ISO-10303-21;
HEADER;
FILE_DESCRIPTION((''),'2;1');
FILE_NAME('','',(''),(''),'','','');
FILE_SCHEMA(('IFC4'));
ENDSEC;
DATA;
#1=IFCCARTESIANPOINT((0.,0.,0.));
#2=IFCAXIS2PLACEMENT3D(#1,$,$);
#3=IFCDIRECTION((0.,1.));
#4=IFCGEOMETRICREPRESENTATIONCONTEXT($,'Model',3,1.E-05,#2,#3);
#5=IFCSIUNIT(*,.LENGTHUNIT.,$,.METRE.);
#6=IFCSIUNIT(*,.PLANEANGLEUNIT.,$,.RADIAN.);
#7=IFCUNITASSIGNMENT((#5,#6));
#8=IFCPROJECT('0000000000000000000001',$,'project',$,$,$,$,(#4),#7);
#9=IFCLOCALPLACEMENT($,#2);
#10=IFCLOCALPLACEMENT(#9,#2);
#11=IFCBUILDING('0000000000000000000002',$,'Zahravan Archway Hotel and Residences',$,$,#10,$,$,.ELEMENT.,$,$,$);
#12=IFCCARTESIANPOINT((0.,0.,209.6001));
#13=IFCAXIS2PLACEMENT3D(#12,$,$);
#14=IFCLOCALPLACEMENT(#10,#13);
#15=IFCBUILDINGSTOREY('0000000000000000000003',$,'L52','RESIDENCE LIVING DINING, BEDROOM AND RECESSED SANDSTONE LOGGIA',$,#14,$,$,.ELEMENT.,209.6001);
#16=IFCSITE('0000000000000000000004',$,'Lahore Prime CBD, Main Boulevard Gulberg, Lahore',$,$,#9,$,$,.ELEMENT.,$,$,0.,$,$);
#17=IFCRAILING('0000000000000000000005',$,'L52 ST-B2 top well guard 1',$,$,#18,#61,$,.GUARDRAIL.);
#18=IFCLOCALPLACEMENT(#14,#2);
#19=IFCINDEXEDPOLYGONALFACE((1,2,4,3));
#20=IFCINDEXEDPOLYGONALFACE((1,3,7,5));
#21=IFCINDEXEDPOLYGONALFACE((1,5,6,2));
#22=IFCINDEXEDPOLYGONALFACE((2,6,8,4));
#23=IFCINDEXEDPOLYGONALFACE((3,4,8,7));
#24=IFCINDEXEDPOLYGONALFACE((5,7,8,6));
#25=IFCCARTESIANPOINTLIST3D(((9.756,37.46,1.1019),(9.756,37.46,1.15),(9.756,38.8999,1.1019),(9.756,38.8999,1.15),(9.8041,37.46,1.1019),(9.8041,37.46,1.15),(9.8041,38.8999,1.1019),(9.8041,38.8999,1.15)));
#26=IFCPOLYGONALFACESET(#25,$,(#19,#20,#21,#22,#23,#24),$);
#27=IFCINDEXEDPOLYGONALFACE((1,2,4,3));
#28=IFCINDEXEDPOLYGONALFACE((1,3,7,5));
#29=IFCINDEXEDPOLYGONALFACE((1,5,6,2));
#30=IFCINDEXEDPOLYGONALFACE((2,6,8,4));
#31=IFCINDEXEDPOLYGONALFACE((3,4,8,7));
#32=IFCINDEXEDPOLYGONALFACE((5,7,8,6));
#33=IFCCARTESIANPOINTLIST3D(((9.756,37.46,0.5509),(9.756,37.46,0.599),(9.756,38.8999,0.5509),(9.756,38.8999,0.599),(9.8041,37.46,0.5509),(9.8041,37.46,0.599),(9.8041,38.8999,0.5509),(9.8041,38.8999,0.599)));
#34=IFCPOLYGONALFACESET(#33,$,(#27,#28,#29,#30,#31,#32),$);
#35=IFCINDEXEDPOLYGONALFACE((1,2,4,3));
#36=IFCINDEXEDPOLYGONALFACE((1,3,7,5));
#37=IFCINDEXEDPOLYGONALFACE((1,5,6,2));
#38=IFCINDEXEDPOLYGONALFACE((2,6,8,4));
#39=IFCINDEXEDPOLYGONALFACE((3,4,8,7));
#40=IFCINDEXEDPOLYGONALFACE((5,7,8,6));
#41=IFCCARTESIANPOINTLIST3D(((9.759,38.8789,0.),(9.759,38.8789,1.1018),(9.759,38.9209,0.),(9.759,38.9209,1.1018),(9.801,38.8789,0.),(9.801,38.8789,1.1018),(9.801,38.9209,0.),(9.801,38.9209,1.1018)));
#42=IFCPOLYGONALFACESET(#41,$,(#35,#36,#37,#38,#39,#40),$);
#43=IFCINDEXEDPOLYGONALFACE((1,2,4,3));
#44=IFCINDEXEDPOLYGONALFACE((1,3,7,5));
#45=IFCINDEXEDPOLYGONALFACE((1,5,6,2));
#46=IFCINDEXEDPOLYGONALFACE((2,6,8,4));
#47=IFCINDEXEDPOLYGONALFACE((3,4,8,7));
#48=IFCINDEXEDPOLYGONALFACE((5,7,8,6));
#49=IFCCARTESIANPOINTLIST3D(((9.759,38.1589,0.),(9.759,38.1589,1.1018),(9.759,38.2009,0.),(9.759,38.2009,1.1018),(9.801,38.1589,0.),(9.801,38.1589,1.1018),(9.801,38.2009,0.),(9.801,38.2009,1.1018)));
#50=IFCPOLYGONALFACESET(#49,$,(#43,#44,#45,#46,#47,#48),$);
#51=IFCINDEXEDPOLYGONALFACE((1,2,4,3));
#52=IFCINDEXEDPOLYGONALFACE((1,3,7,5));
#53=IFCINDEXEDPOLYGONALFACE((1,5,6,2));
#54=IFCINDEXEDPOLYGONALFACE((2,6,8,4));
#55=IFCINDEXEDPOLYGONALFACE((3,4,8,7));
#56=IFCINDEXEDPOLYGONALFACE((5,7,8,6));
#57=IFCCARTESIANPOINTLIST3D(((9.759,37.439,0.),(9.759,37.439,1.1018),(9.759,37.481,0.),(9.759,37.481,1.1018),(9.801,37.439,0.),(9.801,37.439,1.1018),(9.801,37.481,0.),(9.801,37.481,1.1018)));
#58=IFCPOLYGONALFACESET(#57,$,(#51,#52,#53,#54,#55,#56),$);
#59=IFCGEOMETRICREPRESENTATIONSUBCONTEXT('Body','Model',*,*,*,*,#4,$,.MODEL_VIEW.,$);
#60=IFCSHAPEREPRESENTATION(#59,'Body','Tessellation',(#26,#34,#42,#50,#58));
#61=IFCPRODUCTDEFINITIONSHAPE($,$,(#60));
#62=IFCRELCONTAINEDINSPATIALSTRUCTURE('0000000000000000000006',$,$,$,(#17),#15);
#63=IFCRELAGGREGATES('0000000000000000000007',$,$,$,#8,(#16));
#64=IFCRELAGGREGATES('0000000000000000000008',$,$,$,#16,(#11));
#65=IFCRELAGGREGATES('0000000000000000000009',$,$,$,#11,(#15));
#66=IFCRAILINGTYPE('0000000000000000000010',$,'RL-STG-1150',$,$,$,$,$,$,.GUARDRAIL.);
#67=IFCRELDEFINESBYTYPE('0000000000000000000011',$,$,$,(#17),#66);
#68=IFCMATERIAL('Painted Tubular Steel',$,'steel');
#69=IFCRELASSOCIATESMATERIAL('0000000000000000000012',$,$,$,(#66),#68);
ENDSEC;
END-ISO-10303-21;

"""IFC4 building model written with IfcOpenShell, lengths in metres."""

from ifc_helpers import new_model, si_unit, direction, frame, origin, origin_2d, place, context, subcontext, project, spatial, rectangle, extrude, material, type_object, element, save


model = new_model("IFC4")

# Units and contexts
model_context = context("Model", 3, precision=1e-05, world=origin(), true_north=direction((0.0, 1.0)))
body_context = subcontext(model_context, "Body", "Model", "MODEL_VIEW")
ifc_project = project(units=[si_unit("LENGTHUNIT", "METRE"), si_unit("PLANEANGLEUNIT", "RADIAN")], contexts=[model_context])

# Site, building, storey
site_placement = place(None, origin())
site = spatial("IfcSite", under=ifc_project, at=site_placement, Name="Lahore Prime CBD, Main Boulevard Gulberg, Lahore", CompositionType="ELEMENT", RefElevation=0.0)
building_placement = place(site_placement, origin())
building = spatial("IfcBuilding", under=site, at=building_placement, Name="Zahravan Archway Hotel and Residences", CompositionType="ELEMENT")
storey_placement = place(building_placement, frame((0.0, 0.0, 209.6001)))
storey = spatial("IfcBuildingStorey", under=building, at=storey_placement, Name="L52", Description="RESIDENCE LIVING DINING, BEDROOM AND RECESSED SANDSTONE LOGGIA", CompositionType="ELEMENT", Elevation=209.6001)

# Railing
ifc_material_1 = material(Name="Painted Tubular Steel", Category="steel")
railing_type_1 = type_object("IfcRailingType", Name="RL-STG-1150", PredefinedType="GUARDRAIL", material=ifc_material_1)
railing_1_placement = place(storey_placement, frame((9.78, 38.8999, 0.0)))
element("IfcRailing", 1, at=railing_1_placement, inside=storey, type_object=railing_type_1, Name="L52 ST-B2 top well guard 1", PredefinedType="GUARDRAIL", context=body_context, shape_type="SweptSolid", body=[
    extrude(rectangle(XDim=0.0481, YDim=0.0481, at=origin_2d()), frame((0.0, 0.0, 1.126), z_axis=(0.0, -1.0, 0.0), x_axis=(1.0, 0.0, 0.0)), (0.0, 0.0, 1.0), 1.4399),
    extrude(rectangle(XDim=0.0481, YDim=0.0481, at=origin_2d()), frame((0.0, 0.0, 0.575), z_axis=(0.0, -1.0, 0.0), x_axis=(1.0, 0.0, 0.0)), (0.0, 0.0, 1.0), 1.4399),
    extrude(rectangle(XDim=0.042, YDim=0.042, at=origin_2d()), origin(), (0.0, 0.0, 1.0), 1.1018),
    extrude(rectangle(XDim=0.042, YDim=0.042, at=origin_2d()), frame((0.0, -0.72, 0.0)), (0.0, 0.0, 1.0), 1.1018),
    extrude(rectangle(XDim=0.042, YDim=0.042, at=origin_2d()), frame((0.0, -1.4399, 0.0)), (0.0, 0.0, 1.0), 1.1018),
])

save(model, "model.ifc")
